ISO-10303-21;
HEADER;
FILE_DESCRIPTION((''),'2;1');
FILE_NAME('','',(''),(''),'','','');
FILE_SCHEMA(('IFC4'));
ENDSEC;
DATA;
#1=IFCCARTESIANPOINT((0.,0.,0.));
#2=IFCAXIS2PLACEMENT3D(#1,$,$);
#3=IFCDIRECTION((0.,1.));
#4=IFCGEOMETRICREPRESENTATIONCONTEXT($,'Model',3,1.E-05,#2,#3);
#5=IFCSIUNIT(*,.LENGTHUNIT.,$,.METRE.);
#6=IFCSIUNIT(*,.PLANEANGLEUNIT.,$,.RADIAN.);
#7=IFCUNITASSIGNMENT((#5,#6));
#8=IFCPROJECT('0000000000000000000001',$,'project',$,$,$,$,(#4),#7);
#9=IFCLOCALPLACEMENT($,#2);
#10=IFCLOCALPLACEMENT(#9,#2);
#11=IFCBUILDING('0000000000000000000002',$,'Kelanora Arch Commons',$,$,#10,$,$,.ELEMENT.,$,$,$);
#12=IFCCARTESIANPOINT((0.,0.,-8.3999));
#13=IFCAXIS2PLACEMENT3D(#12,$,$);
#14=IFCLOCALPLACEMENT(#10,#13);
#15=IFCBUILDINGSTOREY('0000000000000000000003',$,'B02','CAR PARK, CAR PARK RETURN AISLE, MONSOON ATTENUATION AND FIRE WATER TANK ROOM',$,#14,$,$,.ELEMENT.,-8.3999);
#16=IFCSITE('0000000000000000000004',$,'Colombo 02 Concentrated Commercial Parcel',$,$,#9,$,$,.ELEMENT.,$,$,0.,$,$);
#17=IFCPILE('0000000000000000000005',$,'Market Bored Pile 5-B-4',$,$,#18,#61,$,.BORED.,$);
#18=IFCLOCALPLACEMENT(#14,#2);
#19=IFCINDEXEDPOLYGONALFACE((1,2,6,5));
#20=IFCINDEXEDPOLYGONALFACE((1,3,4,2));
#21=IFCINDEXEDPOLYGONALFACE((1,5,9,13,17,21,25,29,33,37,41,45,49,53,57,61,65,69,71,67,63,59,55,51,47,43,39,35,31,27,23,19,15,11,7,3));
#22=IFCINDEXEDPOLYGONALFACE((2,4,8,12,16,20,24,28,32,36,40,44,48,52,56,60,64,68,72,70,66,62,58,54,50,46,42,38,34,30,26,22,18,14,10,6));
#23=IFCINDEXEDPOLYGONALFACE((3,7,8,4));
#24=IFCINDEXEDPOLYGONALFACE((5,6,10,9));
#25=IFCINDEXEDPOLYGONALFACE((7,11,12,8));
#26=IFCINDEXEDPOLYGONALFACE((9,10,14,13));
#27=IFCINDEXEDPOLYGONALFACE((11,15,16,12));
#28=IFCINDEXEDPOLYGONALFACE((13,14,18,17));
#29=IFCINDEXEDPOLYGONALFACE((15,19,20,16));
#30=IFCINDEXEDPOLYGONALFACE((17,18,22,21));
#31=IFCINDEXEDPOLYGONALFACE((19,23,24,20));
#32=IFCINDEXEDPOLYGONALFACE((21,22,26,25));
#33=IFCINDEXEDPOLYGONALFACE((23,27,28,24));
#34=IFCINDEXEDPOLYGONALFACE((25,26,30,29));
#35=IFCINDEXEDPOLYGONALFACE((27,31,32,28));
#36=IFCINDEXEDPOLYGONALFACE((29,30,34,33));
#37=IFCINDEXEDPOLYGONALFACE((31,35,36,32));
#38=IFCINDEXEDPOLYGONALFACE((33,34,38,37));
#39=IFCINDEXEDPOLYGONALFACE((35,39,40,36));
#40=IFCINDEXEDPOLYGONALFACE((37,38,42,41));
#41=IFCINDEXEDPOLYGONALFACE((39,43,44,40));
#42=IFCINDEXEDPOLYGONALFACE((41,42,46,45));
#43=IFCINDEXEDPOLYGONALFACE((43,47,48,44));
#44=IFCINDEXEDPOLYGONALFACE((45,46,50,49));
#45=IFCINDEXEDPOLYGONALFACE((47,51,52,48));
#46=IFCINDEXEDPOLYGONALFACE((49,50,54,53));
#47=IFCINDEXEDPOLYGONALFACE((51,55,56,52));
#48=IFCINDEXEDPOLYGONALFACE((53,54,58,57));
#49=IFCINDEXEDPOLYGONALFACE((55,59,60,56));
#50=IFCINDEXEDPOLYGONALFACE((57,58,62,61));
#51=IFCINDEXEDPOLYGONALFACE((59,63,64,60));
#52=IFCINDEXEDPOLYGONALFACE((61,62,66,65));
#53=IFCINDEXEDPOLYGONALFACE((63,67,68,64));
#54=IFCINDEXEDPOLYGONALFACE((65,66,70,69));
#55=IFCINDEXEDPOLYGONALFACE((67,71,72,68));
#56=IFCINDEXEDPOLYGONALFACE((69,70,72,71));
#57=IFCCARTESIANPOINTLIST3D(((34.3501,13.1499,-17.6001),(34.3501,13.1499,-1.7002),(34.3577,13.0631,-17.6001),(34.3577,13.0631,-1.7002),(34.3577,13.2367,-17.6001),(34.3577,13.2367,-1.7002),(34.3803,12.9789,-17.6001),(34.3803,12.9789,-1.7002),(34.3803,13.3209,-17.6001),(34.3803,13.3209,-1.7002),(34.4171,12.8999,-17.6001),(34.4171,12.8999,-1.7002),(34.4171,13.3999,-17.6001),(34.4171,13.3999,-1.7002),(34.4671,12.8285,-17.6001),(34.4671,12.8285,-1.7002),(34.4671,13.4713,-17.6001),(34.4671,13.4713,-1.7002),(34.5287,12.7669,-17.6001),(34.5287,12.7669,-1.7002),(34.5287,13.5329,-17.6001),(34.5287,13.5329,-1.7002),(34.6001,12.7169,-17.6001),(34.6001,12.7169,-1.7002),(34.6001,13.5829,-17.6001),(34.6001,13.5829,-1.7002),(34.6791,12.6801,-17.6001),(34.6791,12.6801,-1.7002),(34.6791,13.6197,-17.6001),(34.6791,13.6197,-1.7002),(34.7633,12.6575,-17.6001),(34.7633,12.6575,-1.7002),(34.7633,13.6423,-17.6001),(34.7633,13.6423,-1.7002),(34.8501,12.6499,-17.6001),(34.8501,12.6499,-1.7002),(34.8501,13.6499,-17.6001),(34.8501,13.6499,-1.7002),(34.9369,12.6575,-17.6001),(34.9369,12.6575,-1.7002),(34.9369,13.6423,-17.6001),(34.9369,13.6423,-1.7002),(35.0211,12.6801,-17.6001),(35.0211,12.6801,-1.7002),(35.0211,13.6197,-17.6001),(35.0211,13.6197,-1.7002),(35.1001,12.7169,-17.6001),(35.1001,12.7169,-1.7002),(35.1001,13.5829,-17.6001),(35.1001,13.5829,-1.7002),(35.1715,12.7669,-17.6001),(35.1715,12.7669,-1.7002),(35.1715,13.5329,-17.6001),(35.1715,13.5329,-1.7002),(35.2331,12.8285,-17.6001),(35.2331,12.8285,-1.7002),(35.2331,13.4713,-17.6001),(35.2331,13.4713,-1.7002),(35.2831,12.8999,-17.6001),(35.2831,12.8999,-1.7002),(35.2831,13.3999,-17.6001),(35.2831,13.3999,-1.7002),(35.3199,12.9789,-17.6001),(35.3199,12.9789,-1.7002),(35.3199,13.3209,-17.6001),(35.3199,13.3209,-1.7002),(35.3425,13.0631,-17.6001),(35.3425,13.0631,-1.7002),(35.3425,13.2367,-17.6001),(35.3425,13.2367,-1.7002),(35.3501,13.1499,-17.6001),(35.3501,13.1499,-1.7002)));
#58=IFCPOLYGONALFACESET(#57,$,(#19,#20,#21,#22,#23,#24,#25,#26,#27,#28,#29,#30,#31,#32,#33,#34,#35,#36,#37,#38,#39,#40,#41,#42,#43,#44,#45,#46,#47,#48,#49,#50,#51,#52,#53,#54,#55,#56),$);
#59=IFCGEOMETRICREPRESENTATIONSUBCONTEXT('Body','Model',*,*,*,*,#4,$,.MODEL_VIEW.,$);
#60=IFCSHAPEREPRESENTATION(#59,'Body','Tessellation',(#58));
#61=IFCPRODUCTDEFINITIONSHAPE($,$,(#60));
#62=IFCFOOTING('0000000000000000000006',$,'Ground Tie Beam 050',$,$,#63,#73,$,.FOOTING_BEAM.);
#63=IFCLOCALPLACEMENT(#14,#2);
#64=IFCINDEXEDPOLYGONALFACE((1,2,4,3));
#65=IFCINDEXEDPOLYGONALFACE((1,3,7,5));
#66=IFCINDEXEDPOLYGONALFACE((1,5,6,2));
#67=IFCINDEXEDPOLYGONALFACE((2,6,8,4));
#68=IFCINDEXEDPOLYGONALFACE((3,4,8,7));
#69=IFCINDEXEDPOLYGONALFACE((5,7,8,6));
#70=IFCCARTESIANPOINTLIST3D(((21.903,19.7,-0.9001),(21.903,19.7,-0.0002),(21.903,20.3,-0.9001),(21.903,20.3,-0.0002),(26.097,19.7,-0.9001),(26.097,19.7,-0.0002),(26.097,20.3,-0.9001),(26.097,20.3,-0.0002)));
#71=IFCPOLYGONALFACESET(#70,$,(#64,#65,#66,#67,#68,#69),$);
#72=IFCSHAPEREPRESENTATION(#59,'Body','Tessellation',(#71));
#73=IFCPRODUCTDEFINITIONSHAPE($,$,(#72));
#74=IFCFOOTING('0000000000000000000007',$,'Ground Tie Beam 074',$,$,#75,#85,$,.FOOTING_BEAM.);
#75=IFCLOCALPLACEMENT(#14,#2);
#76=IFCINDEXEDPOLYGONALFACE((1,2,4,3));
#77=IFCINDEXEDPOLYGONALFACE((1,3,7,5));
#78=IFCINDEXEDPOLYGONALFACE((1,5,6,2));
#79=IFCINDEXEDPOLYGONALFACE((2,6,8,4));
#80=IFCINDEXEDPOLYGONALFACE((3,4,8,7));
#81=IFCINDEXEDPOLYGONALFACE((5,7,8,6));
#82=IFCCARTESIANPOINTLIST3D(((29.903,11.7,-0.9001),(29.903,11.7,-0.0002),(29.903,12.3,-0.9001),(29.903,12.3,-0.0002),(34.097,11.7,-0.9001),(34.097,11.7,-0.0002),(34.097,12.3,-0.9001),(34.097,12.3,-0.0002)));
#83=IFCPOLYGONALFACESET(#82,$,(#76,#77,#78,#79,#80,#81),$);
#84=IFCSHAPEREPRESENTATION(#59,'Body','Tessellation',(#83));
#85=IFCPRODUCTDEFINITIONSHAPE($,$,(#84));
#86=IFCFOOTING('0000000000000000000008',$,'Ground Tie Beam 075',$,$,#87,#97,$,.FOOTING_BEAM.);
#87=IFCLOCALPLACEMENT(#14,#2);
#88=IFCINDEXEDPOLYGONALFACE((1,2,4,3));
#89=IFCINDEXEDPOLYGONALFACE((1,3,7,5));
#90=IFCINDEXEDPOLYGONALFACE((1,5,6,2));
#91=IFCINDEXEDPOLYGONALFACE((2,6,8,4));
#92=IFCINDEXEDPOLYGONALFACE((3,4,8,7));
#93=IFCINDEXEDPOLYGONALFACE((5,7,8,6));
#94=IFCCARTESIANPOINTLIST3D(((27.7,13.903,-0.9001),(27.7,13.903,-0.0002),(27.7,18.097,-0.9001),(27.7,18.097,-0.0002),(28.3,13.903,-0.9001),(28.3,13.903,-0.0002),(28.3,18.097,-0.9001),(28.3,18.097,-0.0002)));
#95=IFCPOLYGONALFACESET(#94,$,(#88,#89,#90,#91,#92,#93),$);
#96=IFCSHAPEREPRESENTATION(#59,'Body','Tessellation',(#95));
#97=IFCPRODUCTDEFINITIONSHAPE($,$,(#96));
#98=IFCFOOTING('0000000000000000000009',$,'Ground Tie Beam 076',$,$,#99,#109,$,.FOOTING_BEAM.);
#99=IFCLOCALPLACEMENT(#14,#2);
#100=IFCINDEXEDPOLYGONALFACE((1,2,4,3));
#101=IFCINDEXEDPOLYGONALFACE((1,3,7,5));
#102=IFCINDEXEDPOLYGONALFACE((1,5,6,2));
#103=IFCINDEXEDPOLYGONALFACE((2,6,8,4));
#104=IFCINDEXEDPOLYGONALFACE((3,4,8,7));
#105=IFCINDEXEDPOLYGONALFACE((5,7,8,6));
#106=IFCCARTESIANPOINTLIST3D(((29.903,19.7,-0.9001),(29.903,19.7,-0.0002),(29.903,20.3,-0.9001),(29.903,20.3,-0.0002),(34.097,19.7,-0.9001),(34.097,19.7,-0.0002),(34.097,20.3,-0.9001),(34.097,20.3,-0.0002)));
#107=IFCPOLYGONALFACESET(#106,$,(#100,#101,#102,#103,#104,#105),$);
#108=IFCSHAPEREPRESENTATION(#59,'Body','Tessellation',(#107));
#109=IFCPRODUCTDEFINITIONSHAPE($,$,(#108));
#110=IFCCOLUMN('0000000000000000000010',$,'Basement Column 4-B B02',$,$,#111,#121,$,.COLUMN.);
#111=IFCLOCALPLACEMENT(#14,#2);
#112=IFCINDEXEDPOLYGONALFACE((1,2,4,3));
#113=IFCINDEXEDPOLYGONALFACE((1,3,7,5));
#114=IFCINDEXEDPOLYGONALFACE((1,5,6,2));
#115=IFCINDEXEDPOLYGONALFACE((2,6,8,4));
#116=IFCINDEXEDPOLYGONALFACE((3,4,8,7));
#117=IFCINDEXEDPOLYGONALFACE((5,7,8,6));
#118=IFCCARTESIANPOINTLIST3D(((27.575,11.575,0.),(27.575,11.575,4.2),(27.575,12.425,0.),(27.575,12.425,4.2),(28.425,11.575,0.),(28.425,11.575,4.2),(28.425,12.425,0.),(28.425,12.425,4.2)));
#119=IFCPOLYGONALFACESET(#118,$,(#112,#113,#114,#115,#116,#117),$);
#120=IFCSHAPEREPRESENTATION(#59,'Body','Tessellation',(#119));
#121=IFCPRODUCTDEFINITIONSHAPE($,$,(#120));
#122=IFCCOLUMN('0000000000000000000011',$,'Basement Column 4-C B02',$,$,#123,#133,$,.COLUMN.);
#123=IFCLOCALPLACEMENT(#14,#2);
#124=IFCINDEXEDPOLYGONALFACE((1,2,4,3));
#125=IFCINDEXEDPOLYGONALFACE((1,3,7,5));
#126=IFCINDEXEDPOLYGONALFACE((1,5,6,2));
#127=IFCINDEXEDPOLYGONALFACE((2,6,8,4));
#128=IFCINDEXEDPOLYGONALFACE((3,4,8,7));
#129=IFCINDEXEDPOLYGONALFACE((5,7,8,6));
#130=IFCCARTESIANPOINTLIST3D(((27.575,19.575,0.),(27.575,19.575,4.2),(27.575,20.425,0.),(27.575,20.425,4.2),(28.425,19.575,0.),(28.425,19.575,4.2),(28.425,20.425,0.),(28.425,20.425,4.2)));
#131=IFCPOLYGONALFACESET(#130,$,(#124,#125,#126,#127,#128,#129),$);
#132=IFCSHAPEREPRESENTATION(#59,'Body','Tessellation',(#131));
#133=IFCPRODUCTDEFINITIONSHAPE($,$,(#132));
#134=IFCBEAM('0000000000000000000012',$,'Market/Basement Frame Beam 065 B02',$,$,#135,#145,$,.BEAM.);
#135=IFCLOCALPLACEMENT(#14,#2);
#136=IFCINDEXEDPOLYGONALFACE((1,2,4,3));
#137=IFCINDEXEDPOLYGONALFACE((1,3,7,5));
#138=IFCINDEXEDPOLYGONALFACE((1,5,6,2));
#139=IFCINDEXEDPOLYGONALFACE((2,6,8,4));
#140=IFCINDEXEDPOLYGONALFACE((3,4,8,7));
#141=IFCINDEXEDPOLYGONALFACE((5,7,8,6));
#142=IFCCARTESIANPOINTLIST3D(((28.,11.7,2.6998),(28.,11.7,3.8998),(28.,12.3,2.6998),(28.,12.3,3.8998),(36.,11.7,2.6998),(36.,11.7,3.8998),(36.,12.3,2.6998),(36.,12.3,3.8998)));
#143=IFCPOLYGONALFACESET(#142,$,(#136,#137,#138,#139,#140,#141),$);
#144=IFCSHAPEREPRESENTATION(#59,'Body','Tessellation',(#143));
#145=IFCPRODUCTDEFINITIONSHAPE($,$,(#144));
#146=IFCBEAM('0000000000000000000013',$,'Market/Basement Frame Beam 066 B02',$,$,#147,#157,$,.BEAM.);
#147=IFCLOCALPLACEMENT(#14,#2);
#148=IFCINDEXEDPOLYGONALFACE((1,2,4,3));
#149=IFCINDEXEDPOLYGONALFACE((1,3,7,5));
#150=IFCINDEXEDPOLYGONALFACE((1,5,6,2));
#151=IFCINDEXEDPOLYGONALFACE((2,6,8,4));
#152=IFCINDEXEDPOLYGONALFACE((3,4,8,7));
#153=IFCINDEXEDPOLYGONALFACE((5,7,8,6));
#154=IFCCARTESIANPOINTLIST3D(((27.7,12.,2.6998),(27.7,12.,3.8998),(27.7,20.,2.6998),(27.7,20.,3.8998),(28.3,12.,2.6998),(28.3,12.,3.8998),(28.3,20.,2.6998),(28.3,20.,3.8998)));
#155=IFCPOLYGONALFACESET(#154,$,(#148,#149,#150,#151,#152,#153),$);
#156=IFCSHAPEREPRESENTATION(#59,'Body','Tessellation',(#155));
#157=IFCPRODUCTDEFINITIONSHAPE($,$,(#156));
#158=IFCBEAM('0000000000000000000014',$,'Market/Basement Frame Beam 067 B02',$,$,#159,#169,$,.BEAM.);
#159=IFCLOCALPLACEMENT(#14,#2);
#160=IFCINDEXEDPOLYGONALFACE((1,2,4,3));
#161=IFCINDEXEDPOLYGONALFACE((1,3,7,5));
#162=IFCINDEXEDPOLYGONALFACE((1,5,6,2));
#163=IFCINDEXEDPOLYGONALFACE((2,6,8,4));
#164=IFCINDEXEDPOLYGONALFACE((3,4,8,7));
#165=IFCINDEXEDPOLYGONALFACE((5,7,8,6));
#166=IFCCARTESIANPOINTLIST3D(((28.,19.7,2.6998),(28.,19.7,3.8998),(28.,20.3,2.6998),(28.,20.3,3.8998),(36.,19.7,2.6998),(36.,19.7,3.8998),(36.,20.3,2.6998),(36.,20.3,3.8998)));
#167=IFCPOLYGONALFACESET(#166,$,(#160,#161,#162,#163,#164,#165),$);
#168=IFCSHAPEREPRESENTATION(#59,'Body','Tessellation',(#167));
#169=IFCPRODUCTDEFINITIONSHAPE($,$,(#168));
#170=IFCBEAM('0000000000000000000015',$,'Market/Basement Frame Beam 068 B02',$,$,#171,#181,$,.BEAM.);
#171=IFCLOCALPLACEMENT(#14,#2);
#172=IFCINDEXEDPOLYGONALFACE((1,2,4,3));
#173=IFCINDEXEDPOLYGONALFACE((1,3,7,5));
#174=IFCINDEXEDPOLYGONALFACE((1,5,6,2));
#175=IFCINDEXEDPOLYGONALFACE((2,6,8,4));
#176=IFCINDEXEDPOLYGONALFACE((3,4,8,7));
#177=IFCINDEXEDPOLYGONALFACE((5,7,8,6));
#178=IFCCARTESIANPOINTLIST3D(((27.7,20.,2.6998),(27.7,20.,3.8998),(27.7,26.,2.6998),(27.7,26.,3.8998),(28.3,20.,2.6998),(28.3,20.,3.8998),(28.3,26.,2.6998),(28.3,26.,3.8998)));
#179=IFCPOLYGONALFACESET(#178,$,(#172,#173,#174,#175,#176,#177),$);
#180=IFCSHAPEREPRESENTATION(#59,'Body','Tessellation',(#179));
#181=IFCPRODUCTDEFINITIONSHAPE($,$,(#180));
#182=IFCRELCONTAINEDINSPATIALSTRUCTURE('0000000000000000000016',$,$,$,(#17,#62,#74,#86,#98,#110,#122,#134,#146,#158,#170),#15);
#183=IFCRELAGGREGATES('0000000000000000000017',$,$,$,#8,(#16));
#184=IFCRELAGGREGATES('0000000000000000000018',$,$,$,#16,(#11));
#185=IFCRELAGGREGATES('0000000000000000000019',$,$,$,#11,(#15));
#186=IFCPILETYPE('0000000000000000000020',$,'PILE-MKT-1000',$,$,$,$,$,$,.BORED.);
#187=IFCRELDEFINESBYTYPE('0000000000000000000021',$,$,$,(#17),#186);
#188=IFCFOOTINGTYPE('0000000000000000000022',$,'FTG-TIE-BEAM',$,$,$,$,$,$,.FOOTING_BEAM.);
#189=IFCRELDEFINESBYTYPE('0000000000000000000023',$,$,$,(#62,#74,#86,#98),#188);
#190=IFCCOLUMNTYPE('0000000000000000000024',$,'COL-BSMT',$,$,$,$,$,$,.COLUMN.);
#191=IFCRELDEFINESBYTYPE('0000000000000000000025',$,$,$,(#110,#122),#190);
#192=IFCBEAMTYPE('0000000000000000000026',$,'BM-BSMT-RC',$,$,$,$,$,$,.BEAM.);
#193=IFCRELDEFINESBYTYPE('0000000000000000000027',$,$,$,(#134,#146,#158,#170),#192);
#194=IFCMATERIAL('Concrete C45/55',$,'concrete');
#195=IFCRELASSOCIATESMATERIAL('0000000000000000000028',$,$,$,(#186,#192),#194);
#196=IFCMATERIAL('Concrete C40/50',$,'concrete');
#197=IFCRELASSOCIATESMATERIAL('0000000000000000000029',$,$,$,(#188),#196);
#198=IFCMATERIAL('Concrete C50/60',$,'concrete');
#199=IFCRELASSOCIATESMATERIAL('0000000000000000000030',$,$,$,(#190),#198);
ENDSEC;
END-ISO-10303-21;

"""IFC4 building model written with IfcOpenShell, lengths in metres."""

from ifc_helpers import new_model, si_unit, direction, frame, origin, origin_2d, place, context, subcontext, project, spatial, rectangle, circle, extrude, source, transform, mapped, material, material_profile, profile_set, type_object, element, save


model = new_model("IFC4")

# Units and contexts
model_context = context("Model", 3, precision=1e-05, world=origin(), true_north=direction((0.0, 1.0)))
body_context = subcontext(model_context, "Body", "Model", "MODEL_VIEW")
ifc_project = project(units=[si_unit("LENGTHUNIT", "METRE"), si_unit("PLANEANGLEUNIT", "RADIAN")], contexts=[model_context])

# Site, building, storey
site_placement = place(None, origin())
site = spatial("IfcSite", under=ifc_project, at=site_placement, Name="Colombo 02 Concentrated Commercial Parcel", CompositionType="ELEMENT", RefElevation=0.0)
building_placement = place(site_placement, origin())
building = spatial("IfcBuilding", under=site, at=building_placement, Name="Kelanora Arch Commons", CompositionType="ELEMENT")
storey_placement = place(building_placement, frame((0.0, 0.0, -8.3999)))
storey = spatial("IfcBuildingStorey", under=building, at=storey_placement, Name="B02", Description="CAR PARK, CAR PARK RETURN AISLE, MONSOON ATTENUATION AND FIRE WATER TANK ROOM", CompositionType="ELEMENT", Elevation=-8.3999)

# Shared definitions
ifc_material_1 = material(Name="Concrete C40/50", Category="concrete")

# Pile
ifc_material_2 = material(Name="Concrete C45/55", Category="concrete")
ifc_material_profile_1 = material_profile(ifc_material_2, circle(Radius=0.5, at=origin_2d()), Name="PILE1000")
ifc_profile_set_1 = profile_set([ifc_material_profile_1], Name="Concrete C45/55")
pile_type = type_object("IfcPileType", Name="PILE-MKT-1000", PredefinedType="BORED", material=ifc_profile_set_1)
shared_shape_1 = source(origin(), body_context, "Body", "SweptSolid", [
    extrude(circle(Radius=0.5, at=origin_2d()), origin(), (0.0, 0.0, 1.0), 15.8999),
])
for number, where, z_axis, x_axis, name in (
    (1, (34.8501, 13.1499, -1.7002), (0.0, 0.0, -1.0), (1.0, 0.0, 0.0), "Market Bored Pile 5-B-4"),
):
    element("IfcPile", number, at=place(storey_placement, frame(where, z_axis=z_axis, x_axis=x_axis)), inside=storey, type_object=pile_type, Name=name, PredefinedType="BORED", context=body_context, shape_type="MappedRepresentation", body=[
        mapped(shared_shape_1, transform((0.0, 0.0, 0.0), scale=1.0)),
    ])

# Footings
footing_type_1 = type_object("IfcFootingType", Name="FTG-TIE-BEAM", PredefinedType="FOOTING_BEAM", material=ifc_material_1)
shared_shape_2 = source(origin(), body_context, "Body", "SweptSolid", [
    extrude(rectangle(XDim=4.1941, YDim=0.6001, at=origin_2d()), origin(), (0.0, 0.0, 1.0), 0.8999),
])
for number, where, z_axis, x_axis, name in (
    (2, (24.0, 20.0, -0.9001), (0.0, 0.0, 1.0), (1.0, 0.0, 0.0), "Ground Tie Beam 050"),
    (3, (32.0, 12.0, -0.9001), (0.0, 0.0, 1.0), (1.0, 0.0, 0.0), "Ground Tie Beam 074"),
    (4, (28.0, 16.0, -0.9001), (0.0, 0.0, 1.0), (0.0, 1.0, 0.0), "Ground Tie Beam 075"),
    (5, (32.0, 20.0, -0.9001), (0.0, 0.0, 1.0), (1.0, 0.0, 0.0), "Ground Tie Beam 076"),
):
    element("IfcFooting", number, at=place(storey_placement, frame(where, z_axis=z_axis, x_axis=x_axis)), inside=storey, type_object=footing_type_1, Name=name, PredefinedType="FOOTING_BEAM", context=body_context, shape_type="MappedRepresentation", body=[
        mapped(shared_shape_2, transform((0.0, 0.0, 0.0), scale=1.0)),
    ])

# Columns
ifc_material_3 = material(Name="Concrete C50/60", Category="concrete")
ifc_material_profile_2 = material_profile(ifc_material_3, rectangle(XDim=0.8501, YDim=0.8501, at=origin_2d()), Name="RC850x850")
ifc_profile_set_2 = profile_set([ifc_material_profile_2], Name="Concrete C50/60")
column_type = type_object("IfcColumnType", Name="COL-BSMT", PredefinedType="COLUMN", material=ifc_profile_set_2)
for number, where, z_axis, x_axis, name in (
    (6, (28.0, 12.0, 0.0), (0.0, 0.0, 1.0), (1.0, 0.0, 0.0), "Basement Column 4-B B02"),
    (7, (28.0, 20.0, 0.0), (0.0, 0.0, 1.0), (1.0, 0.0, 0.0), "Basement Column 4-C B02"),
):
    element("IfcColumn", number, at=place(storey_placement, frame(where, z_axis=z_axis, x_axis=x_axis)), inside=storey, type_object=column_type, Name=name, PredefinedType="COLUMN", context=body_context, shape_type="SweptSolid", body=[
        extrude(rectangle(XDim=0.8501, YDim=0.8501, at=origin_2d()), origin(), (0.0, 0.0, 1.0), 4.2),
    ])

# Beams
ifc_material_profile_3 = material_profile(ifc_material_2, rectangle(XDim=0.6001, YDim=1.2, at=origin_2d()), Name="RCB600x1200")
ifc_profile_set_3 = profile_set([ifc_material_profile_3], Name="Concrete C45/55")
beam_type = type_object("IfcBeamType", Name="BM-BSMT-RC", PredefinedType="BEAM", material=ifc_profile_set_3)
for number, where, z_axis, x_axis, name in (
    (8, (28.0, 12.0, 3.2998), (1.0, 0.0, 0.0), (0.0, 1.0, 0.0), "Market/Basement Frame Beam 065 B02"),
    (9, (28.0, 12.0, 3.2998), (0.0, 1.0, 0.0), (-1.0, 0.0, 0.0), "Market/Basement Frame Beam 066 B02"),
    (10, (28.0, 20.0, 3.2998), (1.0, 0.0, 0.0), (0.0, 1.0, 0.0), "Market/Basement Frame Beam 067 B02"),
):
    element("IfcBeam", number, at=place(storey_placement, frame(where, z_axis=z_axis, x_axis=x_axis)), inside=storey, type_object=beam_type, Name=name, PredefinedType="BEAM", context=body_context, shape_type="SweptSolid", body=[
        extrude(rectangle(XDim=0.6001, YDim=1.2, at=origin_2d()), origin(), (0.0, 0.0, 1.0), 8.0),
    ])
beam_placement = place(storey_placement, frame((28.0, 20.0, 3.2998), z_axis=(0.0, 1.0, 0.0), x_axis=(-1.0, 0.0, 0.0)))
element("IfcBeam", 11, at=beam_placement, inside=storey, type_object=beam_type, Name="Market/Basement Frame Beam 068 B02", PredefinedType="BEAM", context=body_context, shape_type="SweptSolid", body=[
    extrude(rectangle(XDim=0.6001, YDim=1.2, at=origin_2d()), origin(), (0.0, 0.0, 1.0), 6.0),
])

save(model, "model.ifc")
